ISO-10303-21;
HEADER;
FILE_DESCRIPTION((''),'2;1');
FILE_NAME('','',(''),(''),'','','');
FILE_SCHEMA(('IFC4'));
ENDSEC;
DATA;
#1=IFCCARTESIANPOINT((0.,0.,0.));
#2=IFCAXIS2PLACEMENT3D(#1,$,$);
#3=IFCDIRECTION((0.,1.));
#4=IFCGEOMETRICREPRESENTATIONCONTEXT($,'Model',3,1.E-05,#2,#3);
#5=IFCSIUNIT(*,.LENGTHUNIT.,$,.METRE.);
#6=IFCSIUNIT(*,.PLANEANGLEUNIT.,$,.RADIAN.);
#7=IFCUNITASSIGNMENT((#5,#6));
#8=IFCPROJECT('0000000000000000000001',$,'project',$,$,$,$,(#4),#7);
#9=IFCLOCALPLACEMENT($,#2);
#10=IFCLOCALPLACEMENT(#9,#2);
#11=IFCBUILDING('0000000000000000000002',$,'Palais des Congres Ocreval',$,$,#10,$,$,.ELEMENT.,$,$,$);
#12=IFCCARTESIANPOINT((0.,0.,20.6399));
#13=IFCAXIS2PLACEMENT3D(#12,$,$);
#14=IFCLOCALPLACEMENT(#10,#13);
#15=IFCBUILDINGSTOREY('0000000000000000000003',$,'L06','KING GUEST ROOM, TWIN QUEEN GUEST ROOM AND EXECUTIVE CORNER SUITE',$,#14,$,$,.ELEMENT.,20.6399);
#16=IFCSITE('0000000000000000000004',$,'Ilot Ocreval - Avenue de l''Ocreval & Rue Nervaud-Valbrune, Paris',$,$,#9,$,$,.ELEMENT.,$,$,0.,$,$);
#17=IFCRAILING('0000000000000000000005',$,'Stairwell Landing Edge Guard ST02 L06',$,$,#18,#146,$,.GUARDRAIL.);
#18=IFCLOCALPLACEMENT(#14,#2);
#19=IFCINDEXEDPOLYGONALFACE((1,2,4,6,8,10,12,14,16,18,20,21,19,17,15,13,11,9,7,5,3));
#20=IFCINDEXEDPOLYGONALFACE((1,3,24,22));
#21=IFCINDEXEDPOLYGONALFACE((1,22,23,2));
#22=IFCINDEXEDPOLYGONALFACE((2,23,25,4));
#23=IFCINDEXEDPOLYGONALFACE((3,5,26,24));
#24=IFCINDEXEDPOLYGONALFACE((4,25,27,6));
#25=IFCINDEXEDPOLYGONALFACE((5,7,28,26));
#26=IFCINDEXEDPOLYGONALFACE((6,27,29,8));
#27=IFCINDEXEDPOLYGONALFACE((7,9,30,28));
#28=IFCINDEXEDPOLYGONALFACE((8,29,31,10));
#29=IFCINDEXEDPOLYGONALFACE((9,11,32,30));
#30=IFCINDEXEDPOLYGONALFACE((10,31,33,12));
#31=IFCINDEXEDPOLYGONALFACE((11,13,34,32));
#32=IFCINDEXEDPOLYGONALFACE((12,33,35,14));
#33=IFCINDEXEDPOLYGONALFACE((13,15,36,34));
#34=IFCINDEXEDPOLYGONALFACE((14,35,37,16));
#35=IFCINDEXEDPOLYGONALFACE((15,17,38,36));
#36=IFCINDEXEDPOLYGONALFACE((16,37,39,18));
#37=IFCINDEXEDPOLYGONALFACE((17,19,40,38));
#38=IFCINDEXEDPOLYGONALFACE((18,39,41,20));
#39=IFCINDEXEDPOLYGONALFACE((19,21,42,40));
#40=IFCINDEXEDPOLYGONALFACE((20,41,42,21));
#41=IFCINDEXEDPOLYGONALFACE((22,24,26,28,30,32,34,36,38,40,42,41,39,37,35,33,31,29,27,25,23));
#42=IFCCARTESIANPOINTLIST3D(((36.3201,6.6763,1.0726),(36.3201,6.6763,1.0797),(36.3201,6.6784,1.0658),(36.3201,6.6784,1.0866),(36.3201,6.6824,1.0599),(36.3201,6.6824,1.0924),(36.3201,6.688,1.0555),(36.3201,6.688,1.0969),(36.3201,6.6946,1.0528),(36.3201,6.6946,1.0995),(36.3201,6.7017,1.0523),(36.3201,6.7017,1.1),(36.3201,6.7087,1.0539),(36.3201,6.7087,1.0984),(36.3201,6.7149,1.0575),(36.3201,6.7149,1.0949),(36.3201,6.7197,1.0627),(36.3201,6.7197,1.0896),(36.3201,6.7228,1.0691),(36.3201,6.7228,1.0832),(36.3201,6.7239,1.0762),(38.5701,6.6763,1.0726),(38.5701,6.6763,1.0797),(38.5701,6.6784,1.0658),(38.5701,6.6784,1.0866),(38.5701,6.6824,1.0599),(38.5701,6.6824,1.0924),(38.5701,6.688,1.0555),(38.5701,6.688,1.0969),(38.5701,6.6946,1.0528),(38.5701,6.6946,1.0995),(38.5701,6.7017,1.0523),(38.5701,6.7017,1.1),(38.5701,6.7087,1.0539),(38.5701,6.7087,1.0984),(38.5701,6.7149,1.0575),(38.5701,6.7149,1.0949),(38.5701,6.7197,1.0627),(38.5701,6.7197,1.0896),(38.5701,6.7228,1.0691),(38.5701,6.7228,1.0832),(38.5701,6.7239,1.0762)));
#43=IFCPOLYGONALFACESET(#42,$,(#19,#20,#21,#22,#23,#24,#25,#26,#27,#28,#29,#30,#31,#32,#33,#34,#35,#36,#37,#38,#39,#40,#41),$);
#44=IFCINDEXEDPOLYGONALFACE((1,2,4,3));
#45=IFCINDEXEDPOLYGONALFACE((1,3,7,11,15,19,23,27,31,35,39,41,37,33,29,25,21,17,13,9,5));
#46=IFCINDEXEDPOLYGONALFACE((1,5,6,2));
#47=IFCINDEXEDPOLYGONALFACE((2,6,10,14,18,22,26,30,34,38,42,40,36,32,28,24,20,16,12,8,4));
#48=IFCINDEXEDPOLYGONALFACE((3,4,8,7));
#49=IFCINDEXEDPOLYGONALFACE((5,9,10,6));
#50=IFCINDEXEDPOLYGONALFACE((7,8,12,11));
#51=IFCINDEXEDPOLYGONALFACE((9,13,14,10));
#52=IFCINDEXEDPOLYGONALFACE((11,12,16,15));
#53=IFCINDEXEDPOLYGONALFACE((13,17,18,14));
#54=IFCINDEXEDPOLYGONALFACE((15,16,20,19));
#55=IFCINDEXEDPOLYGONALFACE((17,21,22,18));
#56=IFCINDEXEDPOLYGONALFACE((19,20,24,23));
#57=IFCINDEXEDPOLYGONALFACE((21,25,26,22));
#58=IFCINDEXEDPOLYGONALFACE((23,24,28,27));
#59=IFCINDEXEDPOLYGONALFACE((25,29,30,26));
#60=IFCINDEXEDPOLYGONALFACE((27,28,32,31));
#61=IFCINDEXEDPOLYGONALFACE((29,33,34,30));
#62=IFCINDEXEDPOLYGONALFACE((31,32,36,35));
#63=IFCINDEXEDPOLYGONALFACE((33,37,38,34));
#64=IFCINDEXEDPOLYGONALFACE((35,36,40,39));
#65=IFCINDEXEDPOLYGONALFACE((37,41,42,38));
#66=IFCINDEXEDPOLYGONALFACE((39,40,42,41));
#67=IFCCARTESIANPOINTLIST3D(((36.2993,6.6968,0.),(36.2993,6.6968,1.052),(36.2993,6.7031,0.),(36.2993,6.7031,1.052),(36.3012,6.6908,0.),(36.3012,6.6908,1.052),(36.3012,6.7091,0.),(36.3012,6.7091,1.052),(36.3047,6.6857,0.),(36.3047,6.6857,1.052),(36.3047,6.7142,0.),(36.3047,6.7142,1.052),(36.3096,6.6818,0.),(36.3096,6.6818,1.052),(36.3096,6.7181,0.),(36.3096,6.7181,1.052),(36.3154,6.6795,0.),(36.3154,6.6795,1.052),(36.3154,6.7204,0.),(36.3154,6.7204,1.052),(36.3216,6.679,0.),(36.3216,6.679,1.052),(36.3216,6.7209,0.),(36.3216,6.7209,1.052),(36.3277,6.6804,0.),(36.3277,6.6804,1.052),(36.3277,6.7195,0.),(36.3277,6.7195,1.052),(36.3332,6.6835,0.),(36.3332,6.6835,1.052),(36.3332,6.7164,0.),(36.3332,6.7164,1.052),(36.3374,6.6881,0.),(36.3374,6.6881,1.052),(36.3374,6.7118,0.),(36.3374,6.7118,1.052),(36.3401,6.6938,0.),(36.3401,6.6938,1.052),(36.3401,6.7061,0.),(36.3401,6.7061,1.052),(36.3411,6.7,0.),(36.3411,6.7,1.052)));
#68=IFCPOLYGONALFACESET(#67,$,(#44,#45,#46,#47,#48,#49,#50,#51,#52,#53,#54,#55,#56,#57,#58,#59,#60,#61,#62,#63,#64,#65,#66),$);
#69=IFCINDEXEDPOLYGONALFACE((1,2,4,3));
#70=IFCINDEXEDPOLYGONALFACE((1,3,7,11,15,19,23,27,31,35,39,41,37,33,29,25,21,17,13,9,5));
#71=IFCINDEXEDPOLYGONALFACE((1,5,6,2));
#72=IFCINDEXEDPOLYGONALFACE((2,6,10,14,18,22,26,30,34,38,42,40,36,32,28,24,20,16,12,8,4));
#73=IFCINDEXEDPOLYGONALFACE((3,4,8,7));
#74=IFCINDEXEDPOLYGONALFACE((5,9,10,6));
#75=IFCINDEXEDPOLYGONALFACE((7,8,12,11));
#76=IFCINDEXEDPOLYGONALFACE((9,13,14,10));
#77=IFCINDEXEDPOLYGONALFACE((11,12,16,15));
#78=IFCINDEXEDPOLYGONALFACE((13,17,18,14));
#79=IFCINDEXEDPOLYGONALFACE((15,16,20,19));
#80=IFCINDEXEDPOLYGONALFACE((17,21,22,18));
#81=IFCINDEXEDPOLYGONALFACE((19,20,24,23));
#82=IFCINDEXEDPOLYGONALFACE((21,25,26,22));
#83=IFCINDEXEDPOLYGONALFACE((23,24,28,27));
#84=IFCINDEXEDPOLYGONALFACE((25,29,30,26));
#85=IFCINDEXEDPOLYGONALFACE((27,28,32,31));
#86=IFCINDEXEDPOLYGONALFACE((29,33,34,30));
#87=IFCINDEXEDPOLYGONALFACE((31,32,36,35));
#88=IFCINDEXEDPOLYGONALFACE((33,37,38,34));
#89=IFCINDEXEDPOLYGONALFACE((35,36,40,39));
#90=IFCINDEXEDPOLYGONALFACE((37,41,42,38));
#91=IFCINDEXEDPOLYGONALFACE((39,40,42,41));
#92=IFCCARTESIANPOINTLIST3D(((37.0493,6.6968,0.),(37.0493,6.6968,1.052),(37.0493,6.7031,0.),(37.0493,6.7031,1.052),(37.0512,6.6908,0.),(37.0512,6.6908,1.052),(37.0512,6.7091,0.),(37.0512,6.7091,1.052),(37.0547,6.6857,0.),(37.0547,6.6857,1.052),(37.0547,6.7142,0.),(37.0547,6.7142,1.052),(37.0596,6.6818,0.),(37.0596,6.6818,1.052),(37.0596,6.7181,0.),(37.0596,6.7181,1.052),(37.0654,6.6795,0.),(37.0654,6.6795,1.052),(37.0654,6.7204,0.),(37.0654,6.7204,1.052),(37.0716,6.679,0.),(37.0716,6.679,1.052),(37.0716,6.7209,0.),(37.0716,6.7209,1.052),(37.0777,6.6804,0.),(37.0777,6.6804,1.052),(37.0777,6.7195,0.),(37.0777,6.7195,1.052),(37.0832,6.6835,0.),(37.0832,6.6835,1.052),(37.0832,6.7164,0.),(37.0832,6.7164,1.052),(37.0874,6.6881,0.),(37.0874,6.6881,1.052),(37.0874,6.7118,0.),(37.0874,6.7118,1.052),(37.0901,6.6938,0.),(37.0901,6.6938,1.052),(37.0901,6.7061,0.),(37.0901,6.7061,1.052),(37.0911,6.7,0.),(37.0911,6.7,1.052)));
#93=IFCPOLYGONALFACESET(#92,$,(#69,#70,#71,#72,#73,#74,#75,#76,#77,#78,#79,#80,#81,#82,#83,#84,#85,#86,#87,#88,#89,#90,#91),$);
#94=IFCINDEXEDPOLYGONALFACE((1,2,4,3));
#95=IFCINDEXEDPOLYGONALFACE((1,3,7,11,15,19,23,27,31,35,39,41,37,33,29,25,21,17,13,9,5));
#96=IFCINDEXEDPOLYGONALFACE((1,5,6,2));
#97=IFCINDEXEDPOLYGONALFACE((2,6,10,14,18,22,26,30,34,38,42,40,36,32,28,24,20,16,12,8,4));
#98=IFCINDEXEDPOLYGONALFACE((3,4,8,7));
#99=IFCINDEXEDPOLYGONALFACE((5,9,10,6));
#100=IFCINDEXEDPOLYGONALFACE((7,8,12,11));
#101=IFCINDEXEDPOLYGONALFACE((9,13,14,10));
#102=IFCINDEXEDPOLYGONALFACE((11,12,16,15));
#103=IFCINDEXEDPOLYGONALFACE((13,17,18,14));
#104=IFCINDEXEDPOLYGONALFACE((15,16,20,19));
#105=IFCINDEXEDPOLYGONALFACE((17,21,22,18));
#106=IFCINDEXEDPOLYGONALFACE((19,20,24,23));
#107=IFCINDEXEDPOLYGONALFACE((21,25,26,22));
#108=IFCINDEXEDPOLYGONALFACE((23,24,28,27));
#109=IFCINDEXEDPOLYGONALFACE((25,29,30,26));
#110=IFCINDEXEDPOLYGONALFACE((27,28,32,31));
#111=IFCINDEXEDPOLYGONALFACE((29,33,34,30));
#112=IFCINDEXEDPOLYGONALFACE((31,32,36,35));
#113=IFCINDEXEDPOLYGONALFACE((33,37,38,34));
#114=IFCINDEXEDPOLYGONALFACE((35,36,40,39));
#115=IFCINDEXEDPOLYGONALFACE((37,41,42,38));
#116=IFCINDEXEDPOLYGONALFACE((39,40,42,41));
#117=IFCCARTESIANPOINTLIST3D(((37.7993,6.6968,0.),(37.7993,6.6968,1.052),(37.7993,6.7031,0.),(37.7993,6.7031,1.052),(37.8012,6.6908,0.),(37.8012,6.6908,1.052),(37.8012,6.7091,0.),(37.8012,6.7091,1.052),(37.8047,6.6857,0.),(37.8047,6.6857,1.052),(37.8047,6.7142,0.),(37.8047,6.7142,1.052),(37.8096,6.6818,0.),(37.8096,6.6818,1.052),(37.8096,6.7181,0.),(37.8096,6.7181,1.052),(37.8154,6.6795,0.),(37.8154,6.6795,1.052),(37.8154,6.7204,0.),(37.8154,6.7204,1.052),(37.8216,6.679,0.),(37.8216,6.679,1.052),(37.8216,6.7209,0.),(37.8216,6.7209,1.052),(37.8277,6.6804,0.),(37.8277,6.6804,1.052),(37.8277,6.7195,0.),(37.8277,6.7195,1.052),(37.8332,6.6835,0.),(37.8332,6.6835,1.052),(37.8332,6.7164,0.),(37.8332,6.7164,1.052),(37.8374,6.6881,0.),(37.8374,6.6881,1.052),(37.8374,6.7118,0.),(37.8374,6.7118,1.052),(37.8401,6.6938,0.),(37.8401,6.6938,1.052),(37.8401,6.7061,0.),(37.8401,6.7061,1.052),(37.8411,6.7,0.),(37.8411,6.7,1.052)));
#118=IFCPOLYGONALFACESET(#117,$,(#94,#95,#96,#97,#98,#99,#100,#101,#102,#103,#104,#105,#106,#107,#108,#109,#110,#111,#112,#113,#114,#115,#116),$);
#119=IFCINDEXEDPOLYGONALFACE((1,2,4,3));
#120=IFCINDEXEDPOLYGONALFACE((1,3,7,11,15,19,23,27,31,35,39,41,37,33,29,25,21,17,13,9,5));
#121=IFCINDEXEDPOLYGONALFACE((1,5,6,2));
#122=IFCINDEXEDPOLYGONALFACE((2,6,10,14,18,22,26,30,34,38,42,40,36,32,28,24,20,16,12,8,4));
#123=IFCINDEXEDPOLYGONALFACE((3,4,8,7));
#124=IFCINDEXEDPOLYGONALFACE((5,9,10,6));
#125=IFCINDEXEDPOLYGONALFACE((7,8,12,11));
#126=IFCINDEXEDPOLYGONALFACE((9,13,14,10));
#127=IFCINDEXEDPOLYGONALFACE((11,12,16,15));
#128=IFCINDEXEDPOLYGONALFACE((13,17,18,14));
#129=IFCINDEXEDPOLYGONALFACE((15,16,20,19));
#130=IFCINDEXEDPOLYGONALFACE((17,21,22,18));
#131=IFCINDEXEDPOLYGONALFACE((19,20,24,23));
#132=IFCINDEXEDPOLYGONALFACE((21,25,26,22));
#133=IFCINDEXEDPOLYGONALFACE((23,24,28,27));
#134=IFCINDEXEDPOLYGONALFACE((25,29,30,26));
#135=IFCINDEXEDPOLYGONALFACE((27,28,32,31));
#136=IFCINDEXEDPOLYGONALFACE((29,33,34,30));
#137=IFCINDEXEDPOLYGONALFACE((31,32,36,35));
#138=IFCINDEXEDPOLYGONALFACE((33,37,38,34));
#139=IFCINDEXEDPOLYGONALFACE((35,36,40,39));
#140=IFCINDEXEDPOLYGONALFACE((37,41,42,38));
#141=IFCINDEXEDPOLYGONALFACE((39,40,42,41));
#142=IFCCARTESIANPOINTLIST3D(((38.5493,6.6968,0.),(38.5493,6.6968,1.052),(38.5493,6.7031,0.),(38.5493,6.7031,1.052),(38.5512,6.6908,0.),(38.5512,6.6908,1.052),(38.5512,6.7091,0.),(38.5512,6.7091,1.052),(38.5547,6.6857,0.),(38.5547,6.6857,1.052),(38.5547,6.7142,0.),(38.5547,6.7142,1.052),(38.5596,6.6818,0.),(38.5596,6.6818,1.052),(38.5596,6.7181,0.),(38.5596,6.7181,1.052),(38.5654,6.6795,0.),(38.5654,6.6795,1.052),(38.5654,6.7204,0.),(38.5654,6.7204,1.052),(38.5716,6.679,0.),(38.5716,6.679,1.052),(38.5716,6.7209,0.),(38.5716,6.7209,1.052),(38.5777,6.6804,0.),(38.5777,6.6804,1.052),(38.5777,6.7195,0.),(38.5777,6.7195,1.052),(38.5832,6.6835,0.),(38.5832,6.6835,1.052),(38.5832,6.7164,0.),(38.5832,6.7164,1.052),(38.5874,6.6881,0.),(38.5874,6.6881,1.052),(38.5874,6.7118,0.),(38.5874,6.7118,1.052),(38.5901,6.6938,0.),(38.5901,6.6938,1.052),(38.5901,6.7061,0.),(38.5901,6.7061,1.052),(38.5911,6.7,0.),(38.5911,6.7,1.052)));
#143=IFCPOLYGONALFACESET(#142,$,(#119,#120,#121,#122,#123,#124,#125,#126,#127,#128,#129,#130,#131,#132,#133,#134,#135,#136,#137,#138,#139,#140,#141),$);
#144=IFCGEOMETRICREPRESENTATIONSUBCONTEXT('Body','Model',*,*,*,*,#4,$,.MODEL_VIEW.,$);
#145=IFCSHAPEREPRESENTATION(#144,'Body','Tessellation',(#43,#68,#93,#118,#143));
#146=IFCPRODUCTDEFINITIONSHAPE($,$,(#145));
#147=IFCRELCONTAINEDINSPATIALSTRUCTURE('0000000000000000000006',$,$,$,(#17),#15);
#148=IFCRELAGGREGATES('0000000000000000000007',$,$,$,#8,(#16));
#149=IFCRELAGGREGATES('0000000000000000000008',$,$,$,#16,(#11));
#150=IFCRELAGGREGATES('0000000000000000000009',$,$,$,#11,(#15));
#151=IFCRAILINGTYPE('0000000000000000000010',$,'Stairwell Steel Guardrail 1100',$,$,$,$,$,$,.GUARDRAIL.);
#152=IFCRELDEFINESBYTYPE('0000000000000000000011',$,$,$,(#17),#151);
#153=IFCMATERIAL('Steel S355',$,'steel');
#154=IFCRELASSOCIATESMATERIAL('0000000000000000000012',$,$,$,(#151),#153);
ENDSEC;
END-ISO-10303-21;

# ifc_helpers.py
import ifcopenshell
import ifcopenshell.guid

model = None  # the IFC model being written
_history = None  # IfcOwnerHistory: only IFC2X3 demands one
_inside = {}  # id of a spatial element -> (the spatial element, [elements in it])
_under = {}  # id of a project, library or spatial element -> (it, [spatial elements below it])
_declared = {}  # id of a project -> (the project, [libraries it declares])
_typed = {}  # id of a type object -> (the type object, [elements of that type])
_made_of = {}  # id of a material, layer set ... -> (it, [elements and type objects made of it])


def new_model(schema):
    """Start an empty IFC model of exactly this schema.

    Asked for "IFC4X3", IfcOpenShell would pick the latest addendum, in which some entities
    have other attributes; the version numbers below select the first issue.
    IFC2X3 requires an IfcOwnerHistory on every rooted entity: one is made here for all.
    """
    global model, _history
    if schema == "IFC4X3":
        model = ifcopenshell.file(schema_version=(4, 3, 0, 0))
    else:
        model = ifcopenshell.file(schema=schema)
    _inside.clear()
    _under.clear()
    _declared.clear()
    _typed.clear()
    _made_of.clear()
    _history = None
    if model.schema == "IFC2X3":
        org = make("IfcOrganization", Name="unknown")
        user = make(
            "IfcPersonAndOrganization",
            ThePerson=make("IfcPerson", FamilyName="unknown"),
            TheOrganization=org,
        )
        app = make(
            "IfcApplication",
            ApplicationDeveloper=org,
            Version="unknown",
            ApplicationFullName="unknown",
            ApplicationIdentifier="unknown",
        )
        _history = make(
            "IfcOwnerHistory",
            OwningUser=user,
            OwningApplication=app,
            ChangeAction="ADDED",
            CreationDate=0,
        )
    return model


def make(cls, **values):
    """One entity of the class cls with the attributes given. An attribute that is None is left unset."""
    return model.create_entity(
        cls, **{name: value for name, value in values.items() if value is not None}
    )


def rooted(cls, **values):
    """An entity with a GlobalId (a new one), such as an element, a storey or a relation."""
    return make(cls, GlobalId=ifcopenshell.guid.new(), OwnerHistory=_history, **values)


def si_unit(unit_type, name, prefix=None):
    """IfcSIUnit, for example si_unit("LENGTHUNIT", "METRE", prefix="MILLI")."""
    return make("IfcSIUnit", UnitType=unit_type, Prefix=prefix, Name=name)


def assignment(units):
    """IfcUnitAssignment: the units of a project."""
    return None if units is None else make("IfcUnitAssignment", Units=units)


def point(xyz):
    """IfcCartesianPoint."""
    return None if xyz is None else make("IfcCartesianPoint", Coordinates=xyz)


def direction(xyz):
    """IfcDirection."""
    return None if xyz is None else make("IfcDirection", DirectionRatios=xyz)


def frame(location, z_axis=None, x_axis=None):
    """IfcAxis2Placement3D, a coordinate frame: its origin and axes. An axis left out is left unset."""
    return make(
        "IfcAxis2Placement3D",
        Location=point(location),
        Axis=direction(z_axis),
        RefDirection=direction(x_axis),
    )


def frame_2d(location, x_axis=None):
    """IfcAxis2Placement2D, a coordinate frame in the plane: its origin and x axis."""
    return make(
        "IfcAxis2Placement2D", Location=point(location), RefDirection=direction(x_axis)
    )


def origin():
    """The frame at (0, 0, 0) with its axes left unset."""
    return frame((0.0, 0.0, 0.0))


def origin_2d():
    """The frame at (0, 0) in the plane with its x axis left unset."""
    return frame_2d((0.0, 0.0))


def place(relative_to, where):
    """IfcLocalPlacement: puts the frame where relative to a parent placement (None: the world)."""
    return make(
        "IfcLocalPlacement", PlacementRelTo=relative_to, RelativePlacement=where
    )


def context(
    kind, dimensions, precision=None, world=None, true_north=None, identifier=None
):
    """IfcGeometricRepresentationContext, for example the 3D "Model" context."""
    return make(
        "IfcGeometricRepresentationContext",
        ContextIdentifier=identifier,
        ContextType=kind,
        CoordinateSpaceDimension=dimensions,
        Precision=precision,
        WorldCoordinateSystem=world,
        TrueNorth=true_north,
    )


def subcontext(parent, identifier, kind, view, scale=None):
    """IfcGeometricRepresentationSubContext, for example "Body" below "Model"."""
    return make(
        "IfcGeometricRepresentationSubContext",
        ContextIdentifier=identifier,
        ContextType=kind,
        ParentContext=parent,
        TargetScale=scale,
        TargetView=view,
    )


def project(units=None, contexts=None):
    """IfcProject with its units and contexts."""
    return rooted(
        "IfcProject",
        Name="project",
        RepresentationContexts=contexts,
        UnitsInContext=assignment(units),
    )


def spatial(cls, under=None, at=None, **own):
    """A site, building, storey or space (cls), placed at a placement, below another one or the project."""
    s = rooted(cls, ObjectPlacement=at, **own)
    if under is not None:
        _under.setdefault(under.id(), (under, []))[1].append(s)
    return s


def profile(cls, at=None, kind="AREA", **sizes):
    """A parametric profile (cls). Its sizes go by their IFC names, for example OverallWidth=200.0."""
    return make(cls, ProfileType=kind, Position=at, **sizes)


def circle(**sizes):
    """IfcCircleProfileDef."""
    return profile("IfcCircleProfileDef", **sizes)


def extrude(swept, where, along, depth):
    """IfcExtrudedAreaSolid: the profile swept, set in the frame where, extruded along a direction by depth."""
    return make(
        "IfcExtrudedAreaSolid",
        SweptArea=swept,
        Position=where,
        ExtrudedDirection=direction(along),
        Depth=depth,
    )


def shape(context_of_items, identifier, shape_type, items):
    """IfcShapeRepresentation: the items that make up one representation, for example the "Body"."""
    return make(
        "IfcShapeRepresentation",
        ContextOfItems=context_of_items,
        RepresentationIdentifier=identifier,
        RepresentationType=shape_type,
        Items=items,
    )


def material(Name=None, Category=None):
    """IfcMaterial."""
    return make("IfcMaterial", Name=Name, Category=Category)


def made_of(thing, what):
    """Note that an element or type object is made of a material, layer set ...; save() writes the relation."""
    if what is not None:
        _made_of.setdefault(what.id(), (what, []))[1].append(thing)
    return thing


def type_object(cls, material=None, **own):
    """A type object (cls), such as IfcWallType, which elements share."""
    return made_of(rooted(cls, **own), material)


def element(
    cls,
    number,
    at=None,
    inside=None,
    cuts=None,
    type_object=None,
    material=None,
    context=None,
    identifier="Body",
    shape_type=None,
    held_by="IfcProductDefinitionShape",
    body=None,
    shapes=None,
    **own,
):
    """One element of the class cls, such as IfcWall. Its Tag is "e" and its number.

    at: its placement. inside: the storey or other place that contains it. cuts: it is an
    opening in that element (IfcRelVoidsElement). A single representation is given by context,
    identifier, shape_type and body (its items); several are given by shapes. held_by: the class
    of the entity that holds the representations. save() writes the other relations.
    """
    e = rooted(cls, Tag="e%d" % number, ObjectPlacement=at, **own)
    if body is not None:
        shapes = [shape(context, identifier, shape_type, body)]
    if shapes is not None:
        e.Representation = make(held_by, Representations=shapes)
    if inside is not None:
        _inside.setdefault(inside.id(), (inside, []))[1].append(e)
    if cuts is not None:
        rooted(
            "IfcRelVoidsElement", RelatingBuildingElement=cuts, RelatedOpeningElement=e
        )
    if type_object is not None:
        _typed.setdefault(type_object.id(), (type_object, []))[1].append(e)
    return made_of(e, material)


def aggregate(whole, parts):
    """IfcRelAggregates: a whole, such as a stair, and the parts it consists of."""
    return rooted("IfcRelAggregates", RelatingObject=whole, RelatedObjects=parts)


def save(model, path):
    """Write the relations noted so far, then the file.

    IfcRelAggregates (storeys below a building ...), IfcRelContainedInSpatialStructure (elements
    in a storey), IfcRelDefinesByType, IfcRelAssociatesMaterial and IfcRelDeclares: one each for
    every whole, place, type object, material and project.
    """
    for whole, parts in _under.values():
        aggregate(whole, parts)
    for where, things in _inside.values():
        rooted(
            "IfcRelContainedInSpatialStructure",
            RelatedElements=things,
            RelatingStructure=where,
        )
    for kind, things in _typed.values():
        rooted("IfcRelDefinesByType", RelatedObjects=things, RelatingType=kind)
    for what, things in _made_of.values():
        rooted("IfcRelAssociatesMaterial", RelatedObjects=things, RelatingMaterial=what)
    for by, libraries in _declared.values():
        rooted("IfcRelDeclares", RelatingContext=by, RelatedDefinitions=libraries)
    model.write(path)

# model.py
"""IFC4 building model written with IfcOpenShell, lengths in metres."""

from ifc_helpers import new_model, si_unit, direction, frame, origin, origin_2d, place, context, subcontext, project, spatial, circle, extrude, material, type_object, element, save


model = new_model("IFC4")

# Units and contexts
model_context = context("Model", 3, precision=1e-05, world=origin(), true_north=direction((0.0, 1.0)))
body_context = subcontext(model_context, "Body", "Model", "MODEL_VIEW")
ifc_project = project(units=[si_unit("LENGTHUNIT", "METRE"), si_unit("PLANEANGLEUNIT", "RADIAN")], contexts=[model_context])

# Site, building, storey
site_placement = place(None, origin())
site = spatial("IfcSite", under=ifc_project, at=site_placement, Name="Ilot Ocreval - Avenue de l'Ocreval & Rue Nervaud-Valbrune, Paris", CompositionType="ELEMENT", RefElevation=0.0)
building_placement = place(site_placement, origin())
building = spatial("IfcBuilding", under=site, at=building_placement, Name="Palais des Congres Ocreval", CompositionType="ELEMENT")
storey_placement = place(building_placement, frame((0.0, 0.0, 20.6399)))
storey = spatial("IfcBuildingStorey", under=building, at=storey_placement, Name="L06", Description="KING GUEST ROOM, TWIN QUEEN GUEST ROOM AND EXECUTIVE CORNER SUITE", CompositionType="ELEMENT", Elevation=20.6399)

# Shared definitions
ifc_material_1 = material(Name="Steel S355", Category="steel")

# Railing
railing_type_1 = type_object("IfcRailingType", Name="Stairwell Steel Guardrail 1100", PredefinedType="GUARDRAIL", material=ifc_material_1)
railing_1_placement = place(storey_placement, frame((36.3201, 6.7, 0.0)))
element("IfcRailing", 1, at=railing_1_placement, inside=storey, type_object=railing_type_1, Name="Stairwell Landing Edge Guard ST02 L06", PredefinedType="GUARDRAIL", context=body_context, shape_type="SweptSolid", body=[
    extrude(circle(Radius=0.0239, at=origin_2d()), frame((0.0, 0.0, 1.0762), z_axis=(1.0, 0.0, 0.0), x_axis=(0.0, 1.0, 0.0)), (0.0, 0.0, 1.0), 2.25),
    extrude(circle(Radius=0.021, at=origin_2d()), origin(), (0.0, 0.0, 1.0), 1.052),
    extrude(circle(Radius=0.021, at=origin_2d()), frame((0.75, 0.0, 0.0)), (0.0, 0.0, 1.0), 1.052),
    extrude(circle(Radius=0.021, at=origin_2d()), frame((1.5, 0.0, 0.0)), (0.0, 0.0, 1.0), 1.052),
    extrude(circle(Radius=0.021, at=origin_2d()), frame((2.25, 0.0, 0.0)), (0.0, 0.0, 1.0), 1.052),
])

save(model, "model.ifc")
